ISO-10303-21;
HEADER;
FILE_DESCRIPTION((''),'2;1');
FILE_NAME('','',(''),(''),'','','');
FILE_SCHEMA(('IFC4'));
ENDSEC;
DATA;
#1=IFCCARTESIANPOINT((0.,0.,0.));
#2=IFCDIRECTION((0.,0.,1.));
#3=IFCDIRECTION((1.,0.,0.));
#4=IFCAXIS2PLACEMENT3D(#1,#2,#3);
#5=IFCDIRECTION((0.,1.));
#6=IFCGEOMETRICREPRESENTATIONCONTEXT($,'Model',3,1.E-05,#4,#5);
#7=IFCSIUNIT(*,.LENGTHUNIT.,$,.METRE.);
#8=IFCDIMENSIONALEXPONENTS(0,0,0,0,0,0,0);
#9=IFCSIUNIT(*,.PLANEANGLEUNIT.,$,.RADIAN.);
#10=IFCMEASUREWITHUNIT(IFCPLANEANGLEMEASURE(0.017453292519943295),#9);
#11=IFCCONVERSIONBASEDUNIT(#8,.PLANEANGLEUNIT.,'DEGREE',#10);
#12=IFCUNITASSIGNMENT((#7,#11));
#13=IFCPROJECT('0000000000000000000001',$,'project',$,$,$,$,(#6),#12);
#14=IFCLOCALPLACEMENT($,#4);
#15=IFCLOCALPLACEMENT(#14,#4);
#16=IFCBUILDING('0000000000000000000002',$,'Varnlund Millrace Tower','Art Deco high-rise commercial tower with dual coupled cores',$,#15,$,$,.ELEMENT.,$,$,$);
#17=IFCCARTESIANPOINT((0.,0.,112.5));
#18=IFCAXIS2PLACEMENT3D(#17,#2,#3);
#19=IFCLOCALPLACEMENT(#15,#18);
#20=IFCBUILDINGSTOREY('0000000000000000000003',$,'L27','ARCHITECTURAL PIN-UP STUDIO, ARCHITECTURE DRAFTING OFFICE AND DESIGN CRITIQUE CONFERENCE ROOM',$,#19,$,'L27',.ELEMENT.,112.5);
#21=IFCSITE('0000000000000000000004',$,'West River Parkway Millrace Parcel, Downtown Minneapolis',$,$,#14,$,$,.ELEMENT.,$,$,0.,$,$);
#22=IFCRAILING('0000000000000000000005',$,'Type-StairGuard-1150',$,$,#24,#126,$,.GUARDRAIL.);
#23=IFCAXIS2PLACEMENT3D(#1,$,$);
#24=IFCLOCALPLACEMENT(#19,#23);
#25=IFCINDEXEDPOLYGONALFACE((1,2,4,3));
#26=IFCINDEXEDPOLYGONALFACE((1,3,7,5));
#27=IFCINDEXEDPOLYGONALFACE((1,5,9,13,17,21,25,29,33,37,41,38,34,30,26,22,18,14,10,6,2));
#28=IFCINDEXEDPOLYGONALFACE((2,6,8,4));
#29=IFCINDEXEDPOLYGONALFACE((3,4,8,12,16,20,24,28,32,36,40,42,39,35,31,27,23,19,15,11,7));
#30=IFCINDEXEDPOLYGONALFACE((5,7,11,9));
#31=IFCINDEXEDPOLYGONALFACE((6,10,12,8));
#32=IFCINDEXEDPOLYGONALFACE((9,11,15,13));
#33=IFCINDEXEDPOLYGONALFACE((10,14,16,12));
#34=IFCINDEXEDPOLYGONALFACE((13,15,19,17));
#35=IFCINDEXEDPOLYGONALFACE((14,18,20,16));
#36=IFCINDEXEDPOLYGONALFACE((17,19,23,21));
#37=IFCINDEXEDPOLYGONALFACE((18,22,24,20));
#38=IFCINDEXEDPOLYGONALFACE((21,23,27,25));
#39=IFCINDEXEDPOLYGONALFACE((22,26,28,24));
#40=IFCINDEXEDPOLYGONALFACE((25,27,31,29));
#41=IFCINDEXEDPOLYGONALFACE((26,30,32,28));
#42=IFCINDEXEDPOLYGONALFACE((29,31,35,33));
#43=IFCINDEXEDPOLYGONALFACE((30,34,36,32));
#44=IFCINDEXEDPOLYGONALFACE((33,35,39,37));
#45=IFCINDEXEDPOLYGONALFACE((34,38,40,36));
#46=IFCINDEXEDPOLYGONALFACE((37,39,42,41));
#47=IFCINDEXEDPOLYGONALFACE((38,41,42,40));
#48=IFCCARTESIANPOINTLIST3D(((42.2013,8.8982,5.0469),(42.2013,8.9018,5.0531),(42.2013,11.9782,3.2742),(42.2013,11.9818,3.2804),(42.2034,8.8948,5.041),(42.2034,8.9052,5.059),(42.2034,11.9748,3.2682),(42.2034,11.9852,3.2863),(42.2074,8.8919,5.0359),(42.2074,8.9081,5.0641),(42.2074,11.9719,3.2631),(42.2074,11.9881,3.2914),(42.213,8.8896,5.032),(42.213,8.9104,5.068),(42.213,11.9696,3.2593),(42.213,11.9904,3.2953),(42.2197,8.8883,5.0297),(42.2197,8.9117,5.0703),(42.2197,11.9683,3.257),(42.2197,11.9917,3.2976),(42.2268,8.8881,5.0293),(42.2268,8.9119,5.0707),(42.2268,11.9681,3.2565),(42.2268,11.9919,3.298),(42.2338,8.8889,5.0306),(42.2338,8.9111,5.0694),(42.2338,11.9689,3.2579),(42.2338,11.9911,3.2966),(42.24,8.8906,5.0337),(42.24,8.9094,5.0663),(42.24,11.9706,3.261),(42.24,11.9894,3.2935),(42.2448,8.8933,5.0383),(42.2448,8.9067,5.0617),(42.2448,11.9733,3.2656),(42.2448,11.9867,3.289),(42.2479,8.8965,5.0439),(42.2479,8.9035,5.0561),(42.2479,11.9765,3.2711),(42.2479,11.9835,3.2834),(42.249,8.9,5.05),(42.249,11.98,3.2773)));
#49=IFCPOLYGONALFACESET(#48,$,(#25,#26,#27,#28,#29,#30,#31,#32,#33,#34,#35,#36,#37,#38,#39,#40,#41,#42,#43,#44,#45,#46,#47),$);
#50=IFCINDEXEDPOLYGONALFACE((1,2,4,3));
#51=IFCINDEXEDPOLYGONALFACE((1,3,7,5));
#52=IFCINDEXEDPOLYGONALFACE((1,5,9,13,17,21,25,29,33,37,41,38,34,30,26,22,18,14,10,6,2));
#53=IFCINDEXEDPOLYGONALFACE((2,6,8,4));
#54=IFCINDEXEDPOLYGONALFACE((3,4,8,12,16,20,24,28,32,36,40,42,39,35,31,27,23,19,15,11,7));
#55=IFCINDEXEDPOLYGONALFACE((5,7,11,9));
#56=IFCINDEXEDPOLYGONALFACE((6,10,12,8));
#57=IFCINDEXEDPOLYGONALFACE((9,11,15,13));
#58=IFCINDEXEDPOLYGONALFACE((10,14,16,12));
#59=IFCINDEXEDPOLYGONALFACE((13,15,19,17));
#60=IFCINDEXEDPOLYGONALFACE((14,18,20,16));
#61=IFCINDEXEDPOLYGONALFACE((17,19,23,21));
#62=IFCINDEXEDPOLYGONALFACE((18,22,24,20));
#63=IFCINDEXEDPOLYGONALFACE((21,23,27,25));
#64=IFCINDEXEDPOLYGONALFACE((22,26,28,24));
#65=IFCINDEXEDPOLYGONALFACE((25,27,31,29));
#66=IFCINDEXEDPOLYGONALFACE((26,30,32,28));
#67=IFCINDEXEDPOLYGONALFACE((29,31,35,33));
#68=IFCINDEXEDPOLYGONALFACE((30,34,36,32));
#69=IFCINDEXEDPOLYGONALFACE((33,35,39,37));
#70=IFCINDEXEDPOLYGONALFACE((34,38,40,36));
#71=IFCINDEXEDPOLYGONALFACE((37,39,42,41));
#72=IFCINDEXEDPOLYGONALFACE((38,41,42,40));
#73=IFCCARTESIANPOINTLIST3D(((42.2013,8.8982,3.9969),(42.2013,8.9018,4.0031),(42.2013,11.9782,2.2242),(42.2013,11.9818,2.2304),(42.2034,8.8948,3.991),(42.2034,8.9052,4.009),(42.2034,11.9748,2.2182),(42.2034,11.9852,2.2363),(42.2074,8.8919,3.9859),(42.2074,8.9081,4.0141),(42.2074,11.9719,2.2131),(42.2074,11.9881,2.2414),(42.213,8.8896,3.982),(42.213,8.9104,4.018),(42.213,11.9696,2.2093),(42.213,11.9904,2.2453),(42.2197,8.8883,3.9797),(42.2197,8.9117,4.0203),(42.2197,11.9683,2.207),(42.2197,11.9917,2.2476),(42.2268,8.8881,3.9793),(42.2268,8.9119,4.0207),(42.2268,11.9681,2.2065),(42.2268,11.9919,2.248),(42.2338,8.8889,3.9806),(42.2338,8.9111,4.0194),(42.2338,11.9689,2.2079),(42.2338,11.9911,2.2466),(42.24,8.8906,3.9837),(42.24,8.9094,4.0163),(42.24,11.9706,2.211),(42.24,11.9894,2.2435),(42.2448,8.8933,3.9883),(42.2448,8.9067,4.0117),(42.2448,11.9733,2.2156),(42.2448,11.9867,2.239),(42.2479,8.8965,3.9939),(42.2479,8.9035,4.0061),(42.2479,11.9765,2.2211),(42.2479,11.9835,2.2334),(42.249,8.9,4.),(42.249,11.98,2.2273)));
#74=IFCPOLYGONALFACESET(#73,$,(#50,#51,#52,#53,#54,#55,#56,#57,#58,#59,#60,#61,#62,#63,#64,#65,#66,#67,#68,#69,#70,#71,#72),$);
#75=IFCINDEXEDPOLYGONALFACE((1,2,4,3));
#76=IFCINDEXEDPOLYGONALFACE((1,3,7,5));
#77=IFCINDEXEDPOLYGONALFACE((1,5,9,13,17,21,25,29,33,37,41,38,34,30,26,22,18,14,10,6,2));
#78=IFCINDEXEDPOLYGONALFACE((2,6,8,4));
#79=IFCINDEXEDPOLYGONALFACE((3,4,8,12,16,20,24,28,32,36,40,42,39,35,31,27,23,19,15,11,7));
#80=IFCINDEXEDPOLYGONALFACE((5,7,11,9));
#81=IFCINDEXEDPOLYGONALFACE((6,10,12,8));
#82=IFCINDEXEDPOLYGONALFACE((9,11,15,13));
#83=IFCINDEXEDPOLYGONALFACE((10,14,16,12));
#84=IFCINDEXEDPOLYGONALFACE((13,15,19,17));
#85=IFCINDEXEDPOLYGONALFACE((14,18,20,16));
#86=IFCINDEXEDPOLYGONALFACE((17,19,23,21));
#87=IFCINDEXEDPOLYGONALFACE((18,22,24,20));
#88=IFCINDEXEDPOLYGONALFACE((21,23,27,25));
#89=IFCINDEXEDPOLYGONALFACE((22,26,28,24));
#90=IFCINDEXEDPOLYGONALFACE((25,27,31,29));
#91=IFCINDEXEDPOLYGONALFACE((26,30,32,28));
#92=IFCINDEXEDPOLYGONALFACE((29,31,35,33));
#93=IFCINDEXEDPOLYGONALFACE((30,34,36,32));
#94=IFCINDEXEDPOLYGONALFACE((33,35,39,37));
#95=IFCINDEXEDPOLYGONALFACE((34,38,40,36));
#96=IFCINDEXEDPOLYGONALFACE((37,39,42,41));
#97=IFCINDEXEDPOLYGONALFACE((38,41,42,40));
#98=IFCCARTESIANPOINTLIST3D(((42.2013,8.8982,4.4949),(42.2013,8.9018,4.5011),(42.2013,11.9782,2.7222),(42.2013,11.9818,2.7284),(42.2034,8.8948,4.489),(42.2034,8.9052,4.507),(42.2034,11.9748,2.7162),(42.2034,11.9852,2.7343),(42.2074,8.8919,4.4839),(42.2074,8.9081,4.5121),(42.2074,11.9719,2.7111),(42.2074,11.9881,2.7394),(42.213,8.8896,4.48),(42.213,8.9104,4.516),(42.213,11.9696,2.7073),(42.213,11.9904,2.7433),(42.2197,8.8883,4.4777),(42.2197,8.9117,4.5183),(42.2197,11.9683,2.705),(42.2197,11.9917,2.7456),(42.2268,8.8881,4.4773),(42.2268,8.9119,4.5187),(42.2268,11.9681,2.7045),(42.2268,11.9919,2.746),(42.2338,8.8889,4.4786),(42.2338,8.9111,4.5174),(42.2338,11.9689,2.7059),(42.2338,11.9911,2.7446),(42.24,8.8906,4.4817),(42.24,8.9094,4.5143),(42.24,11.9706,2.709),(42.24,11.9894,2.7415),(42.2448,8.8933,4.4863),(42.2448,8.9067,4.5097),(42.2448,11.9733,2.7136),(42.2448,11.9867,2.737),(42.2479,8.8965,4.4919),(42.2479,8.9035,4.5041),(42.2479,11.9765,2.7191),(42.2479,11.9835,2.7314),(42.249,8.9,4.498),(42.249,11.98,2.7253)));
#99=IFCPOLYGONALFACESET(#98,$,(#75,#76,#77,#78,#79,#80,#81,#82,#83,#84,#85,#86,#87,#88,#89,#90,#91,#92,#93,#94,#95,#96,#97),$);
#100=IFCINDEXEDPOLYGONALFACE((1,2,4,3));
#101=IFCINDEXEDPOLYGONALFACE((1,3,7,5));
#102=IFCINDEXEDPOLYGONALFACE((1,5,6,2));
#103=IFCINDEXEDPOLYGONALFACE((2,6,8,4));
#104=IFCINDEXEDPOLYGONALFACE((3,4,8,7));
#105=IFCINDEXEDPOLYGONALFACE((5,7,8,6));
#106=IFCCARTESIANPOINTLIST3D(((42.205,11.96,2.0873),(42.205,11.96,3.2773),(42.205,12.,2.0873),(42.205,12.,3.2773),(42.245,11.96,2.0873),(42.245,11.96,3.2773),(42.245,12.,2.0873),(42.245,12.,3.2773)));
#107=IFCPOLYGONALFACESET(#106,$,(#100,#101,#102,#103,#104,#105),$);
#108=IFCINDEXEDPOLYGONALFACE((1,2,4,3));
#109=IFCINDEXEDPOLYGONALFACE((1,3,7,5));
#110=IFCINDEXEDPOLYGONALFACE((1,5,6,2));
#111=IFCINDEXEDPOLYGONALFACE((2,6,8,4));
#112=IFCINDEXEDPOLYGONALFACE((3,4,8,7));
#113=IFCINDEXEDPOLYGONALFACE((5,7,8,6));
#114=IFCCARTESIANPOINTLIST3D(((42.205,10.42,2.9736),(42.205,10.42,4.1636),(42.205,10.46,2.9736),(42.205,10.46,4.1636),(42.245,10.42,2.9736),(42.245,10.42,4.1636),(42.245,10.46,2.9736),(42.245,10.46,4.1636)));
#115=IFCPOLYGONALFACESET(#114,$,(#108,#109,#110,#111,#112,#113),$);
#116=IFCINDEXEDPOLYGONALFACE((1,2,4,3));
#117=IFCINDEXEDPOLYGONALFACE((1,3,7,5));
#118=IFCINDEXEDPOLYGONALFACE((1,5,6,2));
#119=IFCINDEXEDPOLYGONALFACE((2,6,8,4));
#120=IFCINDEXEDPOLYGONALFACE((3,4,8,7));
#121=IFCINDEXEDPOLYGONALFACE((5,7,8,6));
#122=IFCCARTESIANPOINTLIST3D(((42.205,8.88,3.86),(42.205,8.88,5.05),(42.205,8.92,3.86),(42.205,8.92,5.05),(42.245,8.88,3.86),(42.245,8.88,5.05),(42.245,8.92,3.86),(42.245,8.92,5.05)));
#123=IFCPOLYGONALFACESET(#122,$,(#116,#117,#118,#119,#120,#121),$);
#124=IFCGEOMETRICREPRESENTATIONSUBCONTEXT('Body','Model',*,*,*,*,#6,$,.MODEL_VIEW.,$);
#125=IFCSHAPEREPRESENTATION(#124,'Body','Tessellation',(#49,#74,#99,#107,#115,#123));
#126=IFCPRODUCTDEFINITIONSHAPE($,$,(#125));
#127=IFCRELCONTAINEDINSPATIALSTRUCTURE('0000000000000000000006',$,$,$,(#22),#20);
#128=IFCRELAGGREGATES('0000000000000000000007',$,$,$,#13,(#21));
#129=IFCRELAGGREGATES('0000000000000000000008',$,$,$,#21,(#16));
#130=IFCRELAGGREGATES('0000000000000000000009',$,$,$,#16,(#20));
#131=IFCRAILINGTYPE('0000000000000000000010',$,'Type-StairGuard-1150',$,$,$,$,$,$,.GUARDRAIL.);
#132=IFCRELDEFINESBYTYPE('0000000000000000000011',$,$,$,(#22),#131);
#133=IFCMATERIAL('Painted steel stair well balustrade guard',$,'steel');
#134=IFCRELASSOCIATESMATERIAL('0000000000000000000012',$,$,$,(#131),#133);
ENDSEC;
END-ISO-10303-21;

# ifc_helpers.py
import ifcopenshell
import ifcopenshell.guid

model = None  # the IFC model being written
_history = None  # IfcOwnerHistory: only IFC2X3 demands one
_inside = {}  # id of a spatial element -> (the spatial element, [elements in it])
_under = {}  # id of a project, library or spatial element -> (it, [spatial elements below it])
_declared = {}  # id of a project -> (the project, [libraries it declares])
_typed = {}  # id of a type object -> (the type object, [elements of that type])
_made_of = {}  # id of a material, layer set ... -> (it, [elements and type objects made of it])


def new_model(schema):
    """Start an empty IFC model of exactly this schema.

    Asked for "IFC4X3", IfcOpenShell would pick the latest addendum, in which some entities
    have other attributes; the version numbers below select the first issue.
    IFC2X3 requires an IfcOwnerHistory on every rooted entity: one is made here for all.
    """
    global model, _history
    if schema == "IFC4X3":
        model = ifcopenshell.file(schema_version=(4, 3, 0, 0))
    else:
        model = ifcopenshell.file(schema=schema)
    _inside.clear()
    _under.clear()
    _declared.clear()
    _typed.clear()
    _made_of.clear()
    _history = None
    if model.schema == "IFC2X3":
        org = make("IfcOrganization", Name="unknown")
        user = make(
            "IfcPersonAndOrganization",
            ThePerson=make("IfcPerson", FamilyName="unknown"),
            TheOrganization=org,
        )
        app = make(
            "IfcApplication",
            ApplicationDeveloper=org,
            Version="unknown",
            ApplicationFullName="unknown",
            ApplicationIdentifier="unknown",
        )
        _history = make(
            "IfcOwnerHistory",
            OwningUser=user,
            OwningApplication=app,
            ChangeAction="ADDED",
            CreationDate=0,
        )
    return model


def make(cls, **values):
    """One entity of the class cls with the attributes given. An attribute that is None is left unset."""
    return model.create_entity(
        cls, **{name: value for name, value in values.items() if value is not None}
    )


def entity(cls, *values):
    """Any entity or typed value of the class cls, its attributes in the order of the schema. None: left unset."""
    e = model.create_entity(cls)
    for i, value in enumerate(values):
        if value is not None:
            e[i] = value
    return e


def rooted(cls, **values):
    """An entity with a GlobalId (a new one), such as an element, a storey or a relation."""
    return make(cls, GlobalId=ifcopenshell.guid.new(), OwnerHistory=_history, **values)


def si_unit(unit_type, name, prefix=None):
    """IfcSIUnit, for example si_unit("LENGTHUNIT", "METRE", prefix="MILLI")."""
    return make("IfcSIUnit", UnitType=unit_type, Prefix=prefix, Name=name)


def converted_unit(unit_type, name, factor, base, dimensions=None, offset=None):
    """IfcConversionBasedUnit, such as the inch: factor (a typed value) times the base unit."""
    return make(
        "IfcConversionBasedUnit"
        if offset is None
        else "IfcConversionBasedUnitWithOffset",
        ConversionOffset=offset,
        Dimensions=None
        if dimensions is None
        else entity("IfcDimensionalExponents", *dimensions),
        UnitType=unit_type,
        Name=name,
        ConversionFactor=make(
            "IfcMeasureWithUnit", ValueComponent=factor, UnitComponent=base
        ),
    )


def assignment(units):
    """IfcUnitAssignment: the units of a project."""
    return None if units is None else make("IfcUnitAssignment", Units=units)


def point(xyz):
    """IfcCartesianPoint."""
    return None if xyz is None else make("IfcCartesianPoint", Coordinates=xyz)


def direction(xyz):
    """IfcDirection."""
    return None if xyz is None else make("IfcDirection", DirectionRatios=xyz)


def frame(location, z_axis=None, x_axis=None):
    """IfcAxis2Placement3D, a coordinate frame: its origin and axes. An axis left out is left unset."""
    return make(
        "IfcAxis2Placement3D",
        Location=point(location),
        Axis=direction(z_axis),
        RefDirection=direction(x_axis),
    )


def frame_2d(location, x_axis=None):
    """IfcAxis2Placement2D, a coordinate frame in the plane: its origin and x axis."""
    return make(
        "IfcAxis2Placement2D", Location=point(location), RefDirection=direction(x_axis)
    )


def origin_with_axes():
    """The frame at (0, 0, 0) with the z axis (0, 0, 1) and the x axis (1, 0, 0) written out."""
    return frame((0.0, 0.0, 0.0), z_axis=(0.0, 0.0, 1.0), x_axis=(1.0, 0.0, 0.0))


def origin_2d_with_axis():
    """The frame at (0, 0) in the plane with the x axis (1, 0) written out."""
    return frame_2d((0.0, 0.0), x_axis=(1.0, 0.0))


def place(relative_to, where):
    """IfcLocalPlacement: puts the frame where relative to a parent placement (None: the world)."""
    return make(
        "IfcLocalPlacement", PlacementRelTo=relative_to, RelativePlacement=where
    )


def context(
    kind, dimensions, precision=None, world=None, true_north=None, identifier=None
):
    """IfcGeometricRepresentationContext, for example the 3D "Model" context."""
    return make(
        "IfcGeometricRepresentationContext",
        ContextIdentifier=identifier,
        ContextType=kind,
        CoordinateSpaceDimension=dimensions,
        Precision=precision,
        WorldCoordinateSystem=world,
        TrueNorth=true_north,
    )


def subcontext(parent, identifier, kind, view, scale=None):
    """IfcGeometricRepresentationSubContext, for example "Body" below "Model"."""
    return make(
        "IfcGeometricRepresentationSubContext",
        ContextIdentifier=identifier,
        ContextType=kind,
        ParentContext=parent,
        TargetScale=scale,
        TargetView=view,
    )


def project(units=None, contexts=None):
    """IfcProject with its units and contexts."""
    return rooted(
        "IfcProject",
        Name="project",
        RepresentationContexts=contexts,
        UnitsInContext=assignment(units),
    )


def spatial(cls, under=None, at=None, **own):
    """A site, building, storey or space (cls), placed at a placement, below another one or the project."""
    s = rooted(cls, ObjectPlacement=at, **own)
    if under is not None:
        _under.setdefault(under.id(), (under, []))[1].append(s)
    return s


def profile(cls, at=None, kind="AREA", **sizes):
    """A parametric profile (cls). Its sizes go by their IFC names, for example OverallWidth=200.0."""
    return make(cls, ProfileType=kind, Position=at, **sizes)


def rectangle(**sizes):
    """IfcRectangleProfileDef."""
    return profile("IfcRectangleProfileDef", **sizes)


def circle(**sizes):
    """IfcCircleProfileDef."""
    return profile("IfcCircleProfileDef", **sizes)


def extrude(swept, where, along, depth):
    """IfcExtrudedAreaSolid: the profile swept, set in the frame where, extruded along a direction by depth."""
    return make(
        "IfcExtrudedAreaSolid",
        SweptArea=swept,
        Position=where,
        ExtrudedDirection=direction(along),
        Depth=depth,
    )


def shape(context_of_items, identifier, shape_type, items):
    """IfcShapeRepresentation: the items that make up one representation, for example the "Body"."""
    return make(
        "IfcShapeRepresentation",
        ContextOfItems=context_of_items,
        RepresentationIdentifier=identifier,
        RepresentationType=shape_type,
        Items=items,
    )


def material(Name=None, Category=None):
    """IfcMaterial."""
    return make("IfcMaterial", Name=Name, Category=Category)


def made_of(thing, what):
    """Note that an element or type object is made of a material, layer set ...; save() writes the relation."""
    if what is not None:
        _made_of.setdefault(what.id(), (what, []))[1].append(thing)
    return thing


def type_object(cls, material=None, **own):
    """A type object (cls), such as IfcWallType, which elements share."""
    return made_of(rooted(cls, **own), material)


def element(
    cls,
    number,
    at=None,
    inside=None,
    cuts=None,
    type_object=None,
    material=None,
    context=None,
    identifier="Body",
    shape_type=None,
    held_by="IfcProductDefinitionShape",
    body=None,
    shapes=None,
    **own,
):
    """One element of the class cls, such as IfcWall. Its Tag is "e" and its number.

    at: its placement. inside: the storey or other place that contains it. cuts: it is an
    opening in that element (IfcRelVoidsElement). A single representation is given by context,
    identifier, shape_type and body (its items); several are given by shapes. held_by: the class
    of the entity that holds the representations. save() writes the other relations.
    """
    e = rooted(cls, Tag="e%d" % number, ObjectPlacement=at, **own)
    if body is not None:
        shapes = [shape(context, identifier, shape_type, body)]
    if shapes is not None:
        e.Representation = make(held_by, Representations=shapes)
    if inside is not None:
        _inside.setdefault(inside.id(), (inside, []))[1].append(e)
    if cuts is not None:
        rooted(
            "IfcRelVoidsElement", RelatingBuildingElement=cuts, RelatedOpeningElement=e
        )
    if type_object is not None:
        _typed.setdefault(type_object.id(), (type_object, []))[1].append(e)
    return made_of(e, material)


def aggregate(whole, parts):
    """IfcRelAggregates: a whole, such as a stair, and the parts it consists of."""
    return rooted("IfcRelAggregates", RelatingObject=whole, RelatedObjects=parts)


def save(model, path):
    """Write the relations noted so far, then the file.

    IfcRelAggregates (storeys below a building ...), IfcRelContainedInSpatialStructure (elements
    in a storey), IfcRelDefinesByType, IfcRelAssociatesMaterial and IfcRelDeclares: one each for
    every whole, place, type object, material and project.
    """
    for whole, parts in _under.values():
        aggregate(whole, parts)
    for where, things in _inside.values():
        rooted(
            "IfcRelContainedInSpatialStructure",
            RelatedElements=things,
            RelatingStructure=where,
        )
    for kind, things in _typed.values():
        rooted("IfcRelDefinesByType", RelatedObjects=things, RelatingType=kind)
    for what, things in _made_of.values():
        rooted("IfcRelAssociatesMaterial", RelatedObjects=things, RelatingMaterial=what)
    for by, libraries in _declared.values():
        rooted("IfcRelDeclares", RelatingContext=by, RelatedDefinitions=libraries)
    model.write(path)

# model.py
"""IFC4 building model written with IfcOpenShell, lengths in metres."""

from ifc_helpers import new_model, entity, si_unit, converted_unit, direction, frame, origin_with_axes, origin_2d_with_axis, place, context, subcontext, project, spatial, rectangle, circle, extrude, material, type_object, element, save


model = new_model("IFC4")

# Units and contexts
model_context = context("Model", 3, precision=1e-05, world=origin_with_axes(), true_north=direction((0.0, 1.0)))
body_context = subcontext(model_context, "Body", "Model", "MODEL_VIEW")
ifc_project = project(units=[si_unit("LENGTHUNIT", "METRE"), converted_unit("PLANEANGLEUNIT", "DEGREE", entity("IfcPlaneAngleMeasure", 0.017453292519943295), si_unit("PLANEANGLEUNIT", "RADIAN"), dimensions=[0, 0, 0, 0, 0, 0, 0])], contexts=[model_context])

# Site, building, storey
site_placement = place(None, origin_with_axes())
site = spatial("IfcSite", under=ifc_project, at=site_placement, Name="West River Parkway Millrace Parcel, Downtown Minneapolis", CompositionType="ELEMENT", RefElevation=0.0)
building_placement = place(site_placement, origin_with_axes())
building = spatial("IfcBuilding", under=site, at=building_placement, Name="Varnlund Millrace Tower", Description="Art Deco high-rise commercial tower with dual coupled cores", CompositionType="ELEMENT")
storey_placement = place(building_placement, frame((0.0, 0.0, 112.5), z_axis=(0.0, 0.0, 1.0), x_axis=(1.0, 0.0, 0.0)))
storey = spatial("IfcBuildingStorey", under=building, at=storey_placement, Name="L27", Description="ARCHITECTURAL PIN-UP STUDIO, ARCHITECTURE DRAFTING OFFICE AND DESIGN CRITIQUE CONFERENCE ROOM", LongName="L27", CompositionType="ELEMENT", Elevation=112.5)

# Railing
ifc_material_1 = material(Name="Painted steel stair well balustrade guard", Category="steel")
railing_type_1 = type_object("IfcRailingType", Name="Type-StairGuard-1150", PredefinedType="GUARDRAIL", material=ifc_material_1)
railing_1_placement = place(storey_placement, frame((0.0, 0.0, -112.5), z_axis=(0.0, 0.0, 1.0), x_axis=(1.0, 0.0, 0.0)))
element("IfcRailing", 1, at=railing_1_placement, inside=storey, type_object=railing_type_1, Name="Type-StairGuard-1150", PredefinedType="GUARDRAIL", context=body_context, shape_type="SweptSolid", body=[
    extrude(circle(Radius=0.024, at=origin_2d_with_axis()), frame((42.225, 11.98, 115.7773), z_axis=(0.0, -0.866696, 0.498836), x_axis=(1.0, 0.0, 0.0)), (0.0, 0.0, 1.0), 3.5537),
    extrude(circle(Radius=0.024, at=origin_2d_with_axis()), frame((42.225, 11.98, 114.7273), z_axis=(0.0, -0.866696, 0.498836), x_axis=(1.0, 0.0, 0.0)), (0.0, 0.0, 1.0), 3.5537),
    extrude(circle(Radius=0.024, at=origin_2d_with_axis()), frame((42.225, 11.98, 115.2253), z_axis=(0.0, -0.866696, 0.498836), x_axis=(1.0, 0.0, 0.0)), (0.0, 0.0, 1.0), 3.5537),
    extrude(rectangle(XDim=0.04, YDim=0.04, at=origin_2d_with_axis()), frame((42.225, 11.98, 114.5873), z_axis=(0.0, 0.0, 1.0), x_axis=(1.0, 0.0, 0.0)), (0.0, 0.0, 1.0), 1.19),
    extrude(rectangle(XDim=0.04, YDim=0.04, at=origin_2d_with_axis()), frame((42.225, 10.44, 115.4736), z_axis=(0.0, 0.0, 1.0), x_axis=(1.0, 0.0, 0.0)), (0.0, 0.0, 1.0), 1.19),
    extrude(rectangle(XDim=0.04, YDim=0.04, at=origin_2d_with_axis()), frame((42.225, 8.9, 116.36), z_axis=(0.0, 0.0, 1.0), x_axis=(1.0, 0.0, 0.0)), (0.0, 0.0, 1.0), 1.19),
])

save(model, "model.ifc")
